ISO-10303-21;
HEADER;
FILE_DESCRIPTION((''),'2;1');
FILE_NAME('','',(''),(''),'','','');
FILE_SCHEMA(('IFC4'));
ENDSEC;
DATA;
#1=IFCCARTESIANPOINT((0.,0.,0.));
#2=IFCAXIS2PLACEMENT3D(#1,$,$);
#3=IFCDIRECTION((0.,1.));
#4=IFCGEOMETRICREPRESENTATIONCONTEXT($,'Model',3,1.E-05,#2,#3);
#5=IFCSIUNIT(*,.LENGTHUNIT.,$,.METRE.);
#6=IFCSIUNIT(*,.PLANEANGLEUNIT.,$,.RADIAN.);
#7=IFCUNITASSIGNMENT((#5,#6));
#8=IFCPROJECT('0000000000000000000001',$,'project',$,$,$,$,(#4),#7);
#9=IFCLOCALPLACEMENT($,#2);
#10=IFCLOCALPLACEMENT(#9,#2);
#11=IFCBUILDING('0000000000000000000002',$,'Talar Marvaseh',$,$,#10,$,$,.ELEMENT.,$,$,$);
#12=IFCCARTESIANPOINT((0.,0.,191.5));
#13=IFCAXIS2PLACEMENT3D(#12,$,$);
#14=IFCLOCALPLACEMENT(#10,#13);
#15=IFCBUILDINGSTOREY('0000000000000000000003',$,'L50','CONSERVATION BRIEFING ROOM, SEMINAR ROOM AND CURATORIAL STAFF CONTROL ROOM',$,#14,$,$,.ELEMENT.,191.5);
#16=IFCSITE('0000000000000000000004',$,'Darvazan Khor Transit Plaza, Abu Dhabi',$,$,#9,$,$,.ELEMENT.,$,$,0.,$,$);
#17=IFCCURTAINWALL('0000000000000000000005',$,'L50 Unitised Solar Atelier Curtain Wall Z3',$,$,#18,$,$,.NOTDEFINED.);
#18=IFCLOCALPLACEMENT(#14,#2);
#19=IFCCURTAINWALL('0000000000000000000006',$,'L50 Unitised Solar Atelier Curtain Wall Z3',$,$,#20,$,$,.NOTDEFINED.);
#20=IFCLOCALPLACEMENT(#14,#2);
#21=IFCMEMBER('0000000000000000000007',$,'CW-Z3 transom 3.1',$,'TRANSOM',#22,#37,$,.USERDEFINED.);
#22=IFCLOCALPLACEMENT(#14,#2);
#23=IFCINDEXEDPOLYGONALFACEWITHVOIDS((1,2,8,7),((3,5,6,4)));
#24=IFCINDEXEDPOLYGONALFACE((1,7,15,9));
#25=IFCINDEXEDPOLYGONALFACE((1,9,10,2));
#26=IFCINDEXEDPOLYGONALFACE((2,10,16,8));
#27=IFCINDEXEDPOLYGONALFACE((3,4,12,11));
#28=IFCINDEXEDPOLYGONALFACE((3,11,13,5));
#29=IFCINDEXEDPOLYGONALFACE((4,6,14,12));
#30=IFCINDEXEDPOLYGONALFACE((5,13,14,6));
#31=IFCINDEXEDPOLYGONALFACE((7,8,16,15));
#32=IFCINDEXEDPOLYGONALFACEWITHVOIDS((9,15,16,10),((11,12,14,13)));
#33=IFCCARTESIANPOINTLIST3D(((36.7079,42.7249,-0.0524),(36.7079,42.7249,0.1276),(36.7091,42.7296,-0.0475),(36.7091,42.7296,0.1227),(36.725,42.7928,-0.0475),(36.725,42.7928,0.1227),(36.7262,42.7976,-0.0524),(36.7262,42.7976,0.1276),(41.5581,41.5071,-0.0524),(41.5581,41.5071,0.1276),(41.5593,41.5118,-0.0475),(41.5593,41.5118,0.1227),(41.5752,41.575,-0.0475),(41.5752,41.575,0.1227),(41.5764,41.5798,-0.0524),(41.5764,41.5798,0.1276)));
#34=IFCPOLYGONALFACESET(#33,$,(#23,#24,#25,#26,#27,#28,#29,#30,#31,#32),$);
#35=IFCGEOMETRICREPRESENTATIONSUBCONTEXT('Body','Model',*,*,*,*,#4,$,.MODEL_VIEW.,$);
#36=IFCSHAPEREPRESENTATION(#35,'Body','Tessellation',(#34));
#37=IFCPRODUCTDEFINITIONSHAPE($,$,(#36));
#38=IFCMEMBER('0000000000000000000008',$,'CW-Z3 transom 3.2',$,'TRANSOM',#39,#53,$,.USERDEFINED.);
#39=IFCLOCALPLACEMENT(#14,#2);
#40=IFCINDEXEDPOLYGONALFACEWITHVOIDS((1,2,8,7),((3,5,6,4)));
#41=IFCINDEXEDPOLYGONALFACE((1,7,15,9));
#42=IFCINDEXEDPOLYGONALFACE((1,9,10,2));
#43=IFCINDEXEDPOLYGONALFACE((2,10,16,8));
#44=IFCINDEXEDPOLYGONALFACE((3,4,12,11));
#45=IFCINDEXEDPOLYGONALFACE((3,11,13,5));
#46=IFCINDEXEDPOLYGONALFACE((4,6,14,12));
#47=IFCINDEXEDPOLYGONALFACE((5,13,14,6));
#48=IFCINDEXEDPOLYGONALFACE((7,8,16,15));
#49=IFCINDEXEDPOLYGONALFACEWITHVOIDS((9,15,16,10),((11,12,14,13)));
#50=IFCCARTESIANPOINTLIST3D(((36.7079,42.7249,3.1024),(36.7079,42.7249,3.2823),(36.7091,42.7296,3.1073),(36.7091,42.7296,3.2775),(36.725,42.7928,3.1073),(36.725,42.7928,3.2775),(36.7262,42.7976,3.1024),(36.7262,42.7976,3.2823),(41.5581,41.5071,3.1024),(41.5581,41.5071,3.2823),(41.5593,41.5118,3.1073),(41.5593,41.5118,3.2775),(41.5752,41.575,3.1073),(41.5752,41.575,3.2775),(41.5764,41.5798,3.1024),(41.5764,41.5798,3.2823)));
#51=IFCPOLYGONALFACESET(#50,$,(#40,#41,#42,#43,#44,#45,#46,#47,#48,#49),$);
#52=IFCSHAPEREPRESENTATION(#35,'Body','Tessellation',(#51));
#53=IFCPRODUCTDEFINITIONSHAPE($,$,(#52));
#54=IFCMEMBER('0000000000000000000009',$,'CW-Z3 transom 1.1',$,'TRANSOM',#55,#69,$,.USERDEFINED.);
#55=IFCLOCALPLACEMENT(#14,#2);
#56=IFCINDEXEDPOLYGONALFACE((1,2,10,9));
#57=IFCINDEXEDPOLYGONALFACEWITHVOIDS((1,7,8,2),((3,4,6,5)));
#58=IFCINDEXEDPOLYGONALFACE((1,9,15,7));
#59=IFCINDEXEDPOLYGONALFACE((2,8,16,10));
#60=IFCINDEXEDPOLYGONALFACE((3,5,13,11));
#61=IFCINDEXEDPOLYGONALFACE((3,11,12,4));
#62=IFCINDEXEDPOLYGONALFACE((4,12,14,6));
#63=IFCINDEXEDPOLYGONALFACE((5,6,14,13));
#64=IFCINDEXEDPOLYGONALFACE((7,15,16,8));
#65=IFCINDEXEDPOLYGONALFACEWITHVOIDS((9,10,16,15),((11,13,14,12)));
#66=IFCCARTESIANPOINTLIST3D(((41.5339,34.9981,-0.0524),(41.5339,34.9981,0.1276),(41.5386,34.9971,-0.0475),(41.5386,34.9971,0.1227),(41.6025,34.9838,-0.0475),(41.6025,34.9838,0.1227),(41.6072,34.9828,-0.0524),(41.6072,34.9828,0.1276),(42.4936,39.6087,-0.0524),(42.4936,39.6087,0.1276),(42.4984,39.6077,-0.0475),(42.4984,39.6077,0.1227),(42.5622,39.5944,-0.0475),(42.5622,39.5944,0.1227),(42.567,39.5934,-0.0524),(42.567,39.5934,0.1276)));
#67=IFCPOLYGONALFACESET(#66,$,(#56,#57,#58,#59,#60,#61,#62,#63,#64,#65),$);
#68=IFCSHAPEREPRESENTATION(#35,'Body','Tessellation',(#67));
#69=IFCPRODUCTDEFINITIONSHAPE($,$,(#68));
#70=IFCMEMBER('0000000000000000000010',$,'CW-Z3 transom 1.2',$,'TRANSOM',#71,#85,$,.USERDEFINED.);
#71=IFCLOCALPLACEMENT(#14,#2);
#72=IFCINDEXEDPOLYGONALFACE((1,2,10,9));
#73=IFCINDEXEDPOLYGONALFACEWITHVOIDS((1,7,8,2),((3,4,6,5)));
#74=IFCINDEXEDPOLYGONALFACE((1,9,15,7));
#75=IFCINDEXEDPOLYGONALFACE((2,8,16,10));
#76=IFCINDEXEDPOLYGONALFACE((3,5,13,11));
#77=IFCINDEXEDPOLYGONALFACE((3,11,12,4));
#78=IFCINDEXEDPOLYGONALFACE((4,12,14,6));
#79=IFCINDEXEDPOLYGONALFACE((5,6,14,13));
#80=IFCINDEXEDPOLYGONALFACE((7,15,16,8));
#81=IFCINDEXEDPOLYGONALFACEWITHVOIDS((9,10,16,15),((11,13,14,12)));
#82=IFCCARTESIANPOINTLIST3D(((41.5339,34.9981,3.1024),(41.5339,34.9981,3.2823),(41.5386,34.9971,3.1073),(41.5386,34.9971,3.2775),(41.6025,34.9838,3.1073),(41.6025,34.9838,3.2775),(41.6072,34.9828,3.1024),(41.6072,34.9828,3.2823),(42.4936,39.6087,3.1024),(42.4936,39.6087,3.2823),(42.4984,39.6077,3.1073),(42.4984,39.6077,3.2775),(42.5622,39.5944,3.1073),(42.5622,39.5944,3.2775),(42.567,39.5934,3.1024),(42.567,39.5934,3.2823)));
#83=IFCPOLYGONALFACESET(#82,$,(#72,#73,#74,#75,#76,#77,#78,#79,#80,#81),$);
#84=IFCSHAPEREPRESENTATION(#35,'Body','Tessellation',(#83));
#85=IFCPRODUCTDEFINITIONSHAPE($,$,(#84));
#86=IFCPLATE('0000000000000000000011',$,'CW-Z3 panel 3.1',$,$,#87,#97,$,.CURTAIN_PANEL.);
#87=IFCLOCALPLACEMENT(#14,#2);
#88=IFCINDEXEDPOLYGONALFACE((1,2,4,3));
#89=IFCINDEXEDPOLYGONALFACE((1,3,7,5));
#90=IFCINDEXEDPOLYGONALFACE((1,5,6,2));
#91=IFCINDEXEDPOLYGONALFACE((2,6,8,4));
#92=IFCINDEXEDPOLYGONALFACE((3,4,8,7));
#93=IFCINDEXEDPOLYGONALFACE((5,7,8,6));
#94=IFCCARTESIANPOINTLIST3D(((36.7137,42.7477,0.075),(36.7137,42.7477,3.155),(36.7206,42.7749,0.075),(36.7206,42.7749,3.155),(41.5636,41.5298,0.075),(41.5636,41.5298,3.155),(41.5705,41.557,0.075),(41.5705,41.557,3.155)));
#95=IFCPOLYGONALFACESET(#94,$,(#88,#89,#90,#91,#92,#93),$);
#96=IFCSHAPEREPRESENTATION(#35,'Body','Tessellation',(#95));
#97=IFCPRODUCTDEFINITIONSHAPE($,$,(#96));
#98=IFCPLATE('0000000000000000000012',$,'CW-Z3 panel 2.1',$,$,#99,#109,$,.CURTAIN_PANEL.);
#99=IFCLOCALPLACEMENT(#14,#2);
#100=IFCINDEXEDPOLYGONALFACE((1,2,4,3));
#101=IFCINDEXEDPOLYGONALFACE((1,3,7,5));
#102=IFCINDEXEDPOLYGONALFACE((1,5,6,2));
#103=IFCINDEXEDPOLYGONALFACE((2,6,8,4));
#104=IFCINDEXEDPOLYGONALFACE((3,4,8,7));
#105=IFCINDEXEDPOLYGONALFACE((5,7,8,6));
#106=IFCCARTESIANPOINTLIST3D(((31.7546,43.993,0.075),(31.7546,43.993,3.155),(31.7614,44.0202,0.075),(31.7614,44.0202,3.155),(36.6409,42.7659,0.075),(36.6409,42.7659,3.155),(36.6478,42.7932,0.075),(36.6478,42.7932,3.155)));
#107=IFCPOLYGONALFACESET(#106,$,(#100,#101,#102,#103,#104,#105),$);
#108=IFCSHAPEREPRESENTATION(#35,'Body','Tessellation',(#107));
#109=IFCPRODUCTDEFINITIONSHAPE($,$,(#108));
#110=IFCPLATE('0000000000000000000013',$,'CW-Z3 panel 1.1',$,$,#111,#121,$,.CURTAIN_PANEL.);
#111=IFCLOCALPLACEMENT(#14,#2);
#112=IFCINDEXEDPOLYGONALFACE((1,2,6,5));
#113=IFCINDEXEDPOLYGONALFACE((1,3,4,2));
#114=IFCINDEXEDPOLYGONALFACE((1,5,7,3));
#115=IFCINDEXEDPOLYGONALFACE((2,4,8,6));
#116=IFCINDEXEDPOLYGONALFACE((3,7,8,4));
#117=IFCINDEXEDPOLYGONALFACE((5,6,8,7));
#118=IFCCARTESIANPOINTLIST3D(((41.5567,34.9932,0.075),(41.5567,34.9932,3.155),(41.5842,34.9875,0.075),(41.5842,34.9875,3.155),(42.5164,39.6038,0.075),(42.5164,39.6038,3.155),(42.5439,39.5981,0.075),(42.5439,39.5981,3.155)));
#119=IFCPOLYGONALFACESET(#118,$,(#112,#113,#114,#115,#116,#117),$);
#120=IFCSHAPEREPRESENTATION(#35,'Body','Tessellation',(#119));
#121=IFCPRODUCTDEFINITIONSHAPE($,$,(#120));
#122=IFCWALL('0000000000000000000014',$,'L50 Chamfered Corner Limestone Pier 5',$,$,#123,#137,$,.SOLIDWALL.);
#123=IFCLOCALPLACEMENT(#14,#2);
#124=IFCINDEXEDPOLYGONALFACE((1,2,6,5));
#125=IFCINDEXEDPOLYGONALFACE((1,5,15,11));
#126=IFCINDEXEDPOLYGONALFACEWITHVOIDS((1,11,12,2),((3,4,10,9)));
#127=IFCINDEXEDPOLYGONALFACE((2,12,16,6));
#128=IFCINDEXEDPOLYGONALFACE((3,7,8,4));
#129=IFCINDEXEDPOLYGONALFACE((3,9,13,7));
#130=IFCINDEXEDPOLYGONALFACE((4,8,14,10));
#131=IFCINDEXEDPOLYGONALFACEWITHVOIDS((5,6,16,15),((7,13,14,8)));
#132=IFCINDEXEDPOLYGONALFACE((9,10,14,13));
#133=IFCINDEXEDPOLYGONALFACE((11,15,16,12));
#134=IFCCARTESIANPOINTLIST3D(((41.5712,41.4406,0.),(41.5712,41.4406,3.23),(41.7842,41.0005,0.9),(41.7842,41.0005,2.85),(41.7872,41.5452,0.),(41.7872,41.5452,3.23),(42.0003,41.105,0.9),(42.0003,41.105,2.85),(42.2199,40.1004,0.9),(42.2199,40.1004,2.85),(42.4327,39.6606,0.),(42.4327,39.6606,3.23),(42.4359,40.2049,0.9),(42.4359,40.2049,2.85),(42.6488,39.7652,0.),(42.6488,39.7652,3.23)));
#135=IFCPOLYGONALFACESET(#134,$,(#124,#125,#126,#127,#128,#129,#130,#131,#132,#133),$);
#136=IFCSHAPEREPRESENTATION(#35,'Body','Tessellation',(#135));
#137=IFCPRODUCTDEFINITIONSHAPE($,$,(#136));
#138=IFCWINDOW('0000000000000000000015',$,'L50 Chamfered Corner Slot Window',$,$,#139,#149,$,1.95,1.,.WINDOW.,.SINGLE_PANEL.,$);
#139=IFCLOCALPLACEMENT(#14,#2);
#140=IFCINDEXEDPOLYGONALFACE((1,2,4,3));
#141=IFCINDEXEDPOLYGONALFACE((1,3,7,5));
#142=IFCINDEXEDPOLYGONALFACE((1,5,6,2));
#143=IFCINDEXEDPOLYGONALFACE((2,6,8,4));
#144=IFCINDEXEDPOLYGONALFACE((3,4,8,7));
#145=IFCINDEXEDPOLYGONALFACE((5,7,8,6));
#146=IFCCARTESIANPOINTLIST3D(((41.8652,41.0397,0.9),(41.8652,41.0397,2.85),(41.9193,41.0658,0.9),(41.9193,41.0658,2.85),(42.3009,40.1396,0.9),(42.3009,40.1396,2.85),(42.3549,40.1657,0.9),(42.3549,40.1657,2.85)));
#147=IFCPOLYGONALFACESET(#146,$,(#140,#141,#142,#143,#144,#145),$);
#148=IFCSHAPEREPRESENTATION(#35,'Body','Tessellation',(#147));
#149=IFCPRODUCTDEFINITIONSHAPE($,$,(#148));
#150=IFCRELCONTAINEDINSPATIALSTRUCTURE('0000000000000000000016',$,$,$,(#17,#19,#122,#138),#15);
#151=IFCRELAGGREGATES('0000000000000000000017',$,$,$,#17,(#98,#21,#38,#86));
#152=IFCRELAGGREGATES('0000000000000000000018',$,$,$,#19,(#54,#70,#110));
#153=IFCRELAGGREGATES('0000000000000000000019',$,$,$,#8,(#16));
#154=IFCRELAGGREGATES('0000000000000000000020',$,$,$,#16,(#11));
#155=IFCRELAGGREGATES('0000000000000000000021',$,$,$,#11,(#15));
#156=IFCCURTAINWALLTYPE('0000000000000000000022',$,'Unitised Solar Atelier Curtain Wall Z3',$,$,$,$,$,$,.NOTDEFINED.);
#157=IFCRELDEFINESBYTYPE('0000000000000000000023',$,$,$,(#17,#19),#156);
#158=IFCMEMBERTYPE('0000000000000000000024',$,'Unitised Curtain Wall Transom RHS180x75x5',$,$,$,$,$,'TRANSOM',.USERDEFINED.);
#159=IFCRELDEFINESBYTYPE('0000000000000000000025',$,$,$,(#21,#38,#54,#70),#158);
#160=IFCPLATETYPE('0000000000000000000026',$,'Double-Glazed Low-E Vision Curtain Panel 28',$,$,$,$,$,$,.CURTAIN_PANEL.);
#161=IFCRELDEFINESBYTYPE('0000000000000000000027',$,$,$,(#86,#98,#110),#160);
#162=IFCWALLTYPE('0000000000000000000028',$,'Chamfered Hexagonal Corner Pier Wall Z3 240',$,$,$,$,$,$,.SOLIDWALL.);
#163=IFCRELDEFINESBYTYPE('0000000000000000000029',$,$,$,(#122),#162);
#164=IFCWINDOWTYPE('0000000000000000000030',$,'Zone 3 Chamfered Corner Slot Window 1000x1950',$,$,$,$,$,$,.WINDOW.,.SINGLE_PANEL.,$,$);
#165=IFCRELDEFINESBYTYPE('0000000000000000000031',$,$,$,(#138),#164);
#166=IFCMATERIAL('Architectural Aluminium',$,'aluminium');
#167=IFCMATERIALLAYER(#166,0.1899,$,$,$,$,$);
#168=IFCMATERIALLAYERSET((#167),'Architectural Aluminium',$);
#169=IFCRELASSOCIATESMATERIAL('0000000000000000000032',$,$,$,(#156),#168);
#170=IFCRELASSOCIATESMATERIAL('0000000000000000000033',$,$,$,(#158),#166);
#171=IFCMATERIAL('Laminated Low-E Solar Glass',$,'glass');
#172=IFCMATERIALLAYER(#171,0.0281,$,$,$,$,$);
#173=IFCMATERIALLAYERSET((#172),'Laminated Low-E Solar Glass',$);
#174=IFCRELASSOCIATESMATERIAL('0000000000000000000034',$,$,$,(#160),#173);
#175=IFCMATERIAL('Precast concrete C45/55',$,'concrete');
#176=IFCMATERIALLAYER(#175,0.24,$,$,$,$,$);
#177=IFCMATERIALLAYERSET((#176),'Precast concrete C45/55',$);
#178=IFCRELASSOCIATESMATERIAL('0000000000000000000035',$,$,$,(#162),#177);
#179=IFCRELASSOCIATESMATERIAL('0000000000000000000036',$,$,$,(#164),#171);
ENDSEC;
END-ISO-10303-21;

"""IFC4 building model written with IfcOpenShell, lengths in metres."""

from ifc_helpers import new_model, si_unit, direction, frame, frame_2d, origin, origin_2d, place, context, subcontext, project, spatial, rectangle, hollow_rectangle, extrude, source, transform, mapped, material, layer, layer_set, material_profile, profile_set, type_object, type_shapes, element, fill, aggregate, save


model = new_model("IFC4")

# Units and contexts
model_context = context("Model", 3, precision=1e-05, world=origin(), true_north=direction((0.0, 1.0)))
body_context = subcontext(model_context, "Body", "Model", "MODEL_VIEW")
ifc_project = project(units=[si_unit("LENGTHUNIT", "METRE"), si_unit("PLANEANGLEUNIT", "RADIAN")], contexts=[model_context])

# Site, building, storey
site_placement = place(None, origin())
site = spatial("IfcSite", under=ifc_project, at=site_placement, Name="Darvazan Khor Transit Plaza, Abu Dhabi", CompositionType="ELEMENT", RefElevation=0.0)
building_placement = place(site_placement, origin())
building = spatial("IfcBuilding", under=site, at=building_placement, Name="Talar Marvaseh", CompositionType="ELEMENT")
storey_placement = place(building_placement, frame((0.0, 0.0, 191.5)))
storey = spatial("IfcBuildingStorey", under=building, at=storey_placement, Name="L50", Description="CONSERVATION BRIEFING ROOM, SEMINAR ROOM AND CURATORIAL STAFF CONTROL ROOM", CompositionType="ELEMENT", Elevation=191.5)

# Curtain wall
ifc_material_1 = material(Name="Architectural Aluminium", Category="aluminium")
ifc_layer_1 = layer(ifc_material_1, 0.1899)
ifc_layer_set_1 = layer_set([ifc_layer_1], Name="Architectural Aluminium")
curtain_wall_type = type_object("IfcCurtainWallType", Name="Unitised Solar Atelier Curtain Wall Z3", PredefinedType="NOTDEFINED", material=ifc_layer_set_1)
curtain_wall_1_placement = place(storey_placement, origin())
curtain_wall_1 = element("IfcCurtainWall", 1, at=curtain_wall_1_placement, inside=storey, type_object=curtain_wall_type, Name="L50 Unitised Solar Atelier Curtain Wall Z3", PredefinedType="NOTDEFINED")

# Curtain wall
curtain_wall_2_placement = place(storey_placement, origin())
curtain_wall_2 = element("IfcCurtainWall", 2, at=curtain_wall_2_placement, inside=storey, type_object=curtain_wall_type, Name="L50 Unitised Solar Atelier Curtain Wall Z3", PredefinedType="NOTDEFINED")

# Members
ifc_material_profile_1 = material_profile(ifc_material_1, hollow_rectangle(XDim=0.075, YDim=0.1799, WallThickness=0.0049, at=origin_2d()), Name="RHS180x75x5")
ifc_profile_set_1 = profile_set([ifc_material_profile_1], Name="Architectural Aluminium")
member_type_1 = type_object("IfcMemberType", Name="Unitised Curtain Wall Transom RHS180x75x5", ElementType="TRANSOM", PredefinedType="USERDEFINED", material=ifc_profile_set_1)
shared_shape_1 = source(origin(), body_context, "Body", "SweptSolid", [
    extrude(hollow_rectangle(XDim=0.075, YDim=0.1799, WallThickness=0.0049, at=origin_2d()), origin(), (0.0, 0.0, 1.0), 5.0007),
])
member_1_placement = place(storey_placement, frame((36.717, 42.7612, 0.0376), z_axis=(0.969895, -0.243523, 0.0), x_axis=(0.243523, 0.969895, 0.0)))
member_1 = element("IfcMember", 3, at=member_1_placement, type_object=member_type_1, Name="CW-Z3 transom 3.1", ObjectType="TRANSOM", PredefinedType="USERDEFINED", context=body_context, shape_type="MappedRepresentation", body=[
    mapped(shared_shape_1, transform((0.0, 0.0, 0.0), x_axis=(1.0, 0.0, 0.0), y_axis=(0.0, 1.0, 0.0), z_axis=(0.0, 0.0, 1.0), scale=1.0)),
])
member_2_placement = place(storey_placement, frame((36.717, 42.7612, 3.1924), z_axis=(0.969895, -0.243523, 0.0), x_axis=(0.243523, 0.969895, 0.0)))
member_2 = element("IfcMember", 4, at=member_2_placement, type_object=member_type_1, Name="CW-Z3 transom 3.2", ObjectType="TRANSOM", PredefinedType="USERDEFINED", context=body_context, shape_type="MappedRepresentation", body=[
    mapped(shared_shape_1, transform((0.0, 0.0, 0.0), x_axis=(1.0, 0.0, 0.0), y_axis=(0.0, 1.0, 0.0), z_axis=(0.0, 0.0, 1.0), scale=1.0)),
])
shared_shape_2 = source(origin(), body_context, "Body", "SweptSolid", [
    extrude(hollow_rectangle(XDim=0.075, YDim=0.1799, WallThickness=0.0049, at=origin_2d()), origin(), (0.0, 0.0, 1.0), 4.7095),
])
type_shapes(member_type_1, [shared_shape_1, shared_shape_2])
member_3_placement = place(storey_placement, frame((42.5303, 39.6011, 0.0376), z_axis=(-0.203787, -0.979015, 0.0), x_axis=(0.979015, -0.203787, 0.0)))
member_3 = element("IfcMember", 5, at=member_3_placement, type_object=member_type_1, Name="CW-Z3 transom 1.1", ObjectType="TRANSOM", PredefinedType="USERDEFINED", context=body_context, shape_type="MappedRepresentation", body=[
    mapped(shared_shape_2, transform((0.0, 0.0, 0.0), x_axis=(1.0, 0.0, 0.0), y_axis=(0.0, 1.0, 0.0), z_axis=(0.0, 0.0, 1.0), scale=1.0)),
])
member_4_placement = place(storey_placement, frame((42.5303, 39.6011, 3.1924), z_axis=(-0.203787, -0.979015, 0.0), x_axis=(0.979015, -0.203787, 0.0)))
member_4 = element("IfcMember", 6, at=member_4_placement, type_object=member_type_1, Name="CW-Z3 transom 1.2", ObjectType="TRANSOM", PredefinedType="USERDEFINED", context=body_context, shape_type="MappedRepresentation", body=[
    mapped(shared_shape_2, transform((0.0, 0.0, 0.0), x_axis=(1.0, 0.0, 0.0), y_axis=(0.0, 1.0, 0.0), z_axis=(0.0, 0.0, 1.0), scale=1.0)),
])

# Plates
ifc_material_2 = material(Name="Laminated Low-E Solar Glass", Category="glass")
ifc_layer_2 = layer(ifc_material_2, 0.0281)
ifc_layer_set_2 = layer_set([ifc_layer_2], Name="Laminated Low-E Solar Glass")
plate_type = type_object("IfcPlateType", Name="Double-Glazed Low-E Vision Curtain Panel 28", PredefinedType="CURTAIN_PANEL", material=ifc_layer_set_2)
shared_shape_3 = source(origin(), body_context, "Body", "SweptSolid", [
    extrude(rectangle(XDim=5.0005, YDim=0.0281, at=origin_2d()), origin(), (0.0, 0.0, 1.0), 3.0801),
])
plate_1_placement = place(storey_placement, frame((39.1421, 42.1523, 0.075), z_axis=(0.0, 0.0, 1.0), x_axis=(0.969888, -0.243549, 0.0)))
plate_1 = element("IfcPlate", 7, at=plate_1_placement, type_object=plate_type, Name="CW-Z3 panel 3.1", PredefinedType="CURTAIN_PANEL", context=body_context, shape_type="MappedRepresentation", body=[
    mapped(shared_shape_3, transform((0.0, 0.0, 0.0), x_axis=(1.0, 0.0, 0.0), y_axis=(0.0, 1.0, 0.0), z_axis=(0.0, 0.0, 1.0), scale=1.0)),
])
shared_shape_4 = source(origin(), body_context, "Body", "SweptSolid", [
    extrude(rectangle(XDim=5.0381, YDim=0.0281, at=origin_2d()), origin(), (0.0, 0.0, 1.0), 3.0801),
])
plate_2_placement = place(storey_placement, frame((34.2012, 43.3931, 0.075), z_axis=(0.0, 0.0, 1.0), x_axis=(0.969888, -0.243549, 0.0)))
plate_2 = element("IfcPlate", 8, at=plate_2_placement, type_object=plate_type, Name="CW-Z3 panel 2.1", PredefinedType="CURTAIN_PANEL", context=body_context, shape_type="MappedRepresentation", body=[
    mapped(shared_shape_4, transform((0.0, 0.0, 0.0), x_axis=(1.0, 0.0, 0.0), y_axis=(0.0, 1.0, 0.0), z_axis=(0.0, 0.0, 1.0), scale=1.0)),
])
aggregate(curtain_wall_1, [plate_2, member_1, member_2, plate_1])
shared_shape_5 = source(origin(), body_context, "Body", "SweptSolid", [
    extrude(rectangle(XDim=4.7095, YDim=0.0281, at=origin_2d()), origin(), (0.0, 0.0, 1.0), 3.0801),
])
type_shapes(plate_type, [shared_shape_3, shared_shape_4, shared_shape_5])
plate_3_placement = place(storey_placement, frame((42.0503, 37.2957, 0.075), z_axis=(0.0, 0.0, 1.0), x_axis=(-0.203793, -0.979014, 0.0)))
plate_3 = element("IfcPlate", 9, at=plate_3_placement, type_object=plate_type, Name="CW-Z3 panel 1.1", PredefinedType="CURTAIN_PANEL", context=body_context, shape_type="MappedRepresentation", body=[
    mapped(shared_shape_5, transform((0.0, 0.0, 0.0), x_axis=(1.0, 0.0, 0.0), y_axis=(0.0, 1.0, 0.0), z_axis=(0.0, 0.0, 1.0), scale=1.0)),
])
aggregate(curtain_wall_2, [member_3, member_4, plate_3])

# Wall, opening, window
ifc_material_3 = material(Name="Precast concrete C45/55", Category="concrete")
ifc_layer_3 = layer(ifc_material_3, 0.24)
ifc_layer_set_3 = layer_set([ifc_layer_3], Name="Precast concrete C45/55")
wall_type_1 = type_object("IfcWallType", Name="Chamfered Hexagonal Corner Pier Wall Z3 240", PredefinedType="SOLIDWALL", material=ifc_layer_set_3)
wall_1_placement = place(storey_placement, frame((41.6792, 41.4929, 0.0), z_axis=(0.0, 0.0, 1.0), x_axis=(0.435671, -0.900106, 0.0)))
wall_1 = element("IfcWall", 10, at=wall_1_placement, inside=storey, type_object=wall_type_1, Name="L50 Chamfered Corner Limestone Pier 5", PredefinedType="SOLIDWALL", context=body_context, shape_type="SweptSolid", body=[
    extrude(rectangle(XDim=1.9775, YDim=0.24, at=frame_2d((0.9888, 0.0))), origin(), (0.0, 0.0, 1.0), 3.23),
])
opening_1_placement = place(wall_1_placement, frame((0.489, 0.0, 0.8999)))
opening_1 = element("IfcOpeningElement", 11, at=opening_1_placement, cuts=wall_1, PredefinedType="OPENING", context=body_context, shape_type="SweptSolid", body=[
    extrude(rectangle(XDim=1.0, YDim=1.95, at=frame_2d((0.5, 0.9751))), frame((0.0, 0.1299, 0.0), z_axis=(0.0, -1.0, 0.0), x_axis=(1.0, 0.0, 0.0)), (0.0, 0.0, 1.0), 0.26),
])
window_type = type_object("IfcWindowType", Name="Zone 3 Chamfered Corner Slot Window 1000x1950", PartitioningType="SINGLE_PANEL", PredefinedType="WINDOW", material=ifc_material_2)
shared_shape_6 = source(origin(), body_context, "Body", "SweptSolid", [
    extrude(rectangle(XDim=1.0, YDim=1.95, at=frame_2d((0.5, 0.9751))), frame((0.0, 0.03, 0.0), z_axis=(0.0, -1.0, 0.0), x_axis=(1.0, 0.0, 0.0)), (0.0, 0.0, 1.0), 0.0601),
])
type_shapes(window_type, [shared_shape_6])
window_placement = place(opening_1_placement, origin())
window = element("IfcWindow", 12, at=window_placement, inside=storey, type_object=window_type, Name="L50 Chamfered Corner Slot Window", OverallHeight=1.95, OverallWidth=1.0, PartitioningType="SINGLE_PANEL", PredefinedType="WINDOW", context=body_context, shape_type="MappedRepresentation", body=[
    mapped(shared_shape_6, transform((0.0, 0.0, 0.0), x_axis=(1.0, 0.0, 0.0), y_axis=(0.0, 1.0, 0.0), z_axis=(0.0, 0.0, 1.0), scale=1.0)),
])
fill(opening_1, window)

save(model, "model.ifc")
